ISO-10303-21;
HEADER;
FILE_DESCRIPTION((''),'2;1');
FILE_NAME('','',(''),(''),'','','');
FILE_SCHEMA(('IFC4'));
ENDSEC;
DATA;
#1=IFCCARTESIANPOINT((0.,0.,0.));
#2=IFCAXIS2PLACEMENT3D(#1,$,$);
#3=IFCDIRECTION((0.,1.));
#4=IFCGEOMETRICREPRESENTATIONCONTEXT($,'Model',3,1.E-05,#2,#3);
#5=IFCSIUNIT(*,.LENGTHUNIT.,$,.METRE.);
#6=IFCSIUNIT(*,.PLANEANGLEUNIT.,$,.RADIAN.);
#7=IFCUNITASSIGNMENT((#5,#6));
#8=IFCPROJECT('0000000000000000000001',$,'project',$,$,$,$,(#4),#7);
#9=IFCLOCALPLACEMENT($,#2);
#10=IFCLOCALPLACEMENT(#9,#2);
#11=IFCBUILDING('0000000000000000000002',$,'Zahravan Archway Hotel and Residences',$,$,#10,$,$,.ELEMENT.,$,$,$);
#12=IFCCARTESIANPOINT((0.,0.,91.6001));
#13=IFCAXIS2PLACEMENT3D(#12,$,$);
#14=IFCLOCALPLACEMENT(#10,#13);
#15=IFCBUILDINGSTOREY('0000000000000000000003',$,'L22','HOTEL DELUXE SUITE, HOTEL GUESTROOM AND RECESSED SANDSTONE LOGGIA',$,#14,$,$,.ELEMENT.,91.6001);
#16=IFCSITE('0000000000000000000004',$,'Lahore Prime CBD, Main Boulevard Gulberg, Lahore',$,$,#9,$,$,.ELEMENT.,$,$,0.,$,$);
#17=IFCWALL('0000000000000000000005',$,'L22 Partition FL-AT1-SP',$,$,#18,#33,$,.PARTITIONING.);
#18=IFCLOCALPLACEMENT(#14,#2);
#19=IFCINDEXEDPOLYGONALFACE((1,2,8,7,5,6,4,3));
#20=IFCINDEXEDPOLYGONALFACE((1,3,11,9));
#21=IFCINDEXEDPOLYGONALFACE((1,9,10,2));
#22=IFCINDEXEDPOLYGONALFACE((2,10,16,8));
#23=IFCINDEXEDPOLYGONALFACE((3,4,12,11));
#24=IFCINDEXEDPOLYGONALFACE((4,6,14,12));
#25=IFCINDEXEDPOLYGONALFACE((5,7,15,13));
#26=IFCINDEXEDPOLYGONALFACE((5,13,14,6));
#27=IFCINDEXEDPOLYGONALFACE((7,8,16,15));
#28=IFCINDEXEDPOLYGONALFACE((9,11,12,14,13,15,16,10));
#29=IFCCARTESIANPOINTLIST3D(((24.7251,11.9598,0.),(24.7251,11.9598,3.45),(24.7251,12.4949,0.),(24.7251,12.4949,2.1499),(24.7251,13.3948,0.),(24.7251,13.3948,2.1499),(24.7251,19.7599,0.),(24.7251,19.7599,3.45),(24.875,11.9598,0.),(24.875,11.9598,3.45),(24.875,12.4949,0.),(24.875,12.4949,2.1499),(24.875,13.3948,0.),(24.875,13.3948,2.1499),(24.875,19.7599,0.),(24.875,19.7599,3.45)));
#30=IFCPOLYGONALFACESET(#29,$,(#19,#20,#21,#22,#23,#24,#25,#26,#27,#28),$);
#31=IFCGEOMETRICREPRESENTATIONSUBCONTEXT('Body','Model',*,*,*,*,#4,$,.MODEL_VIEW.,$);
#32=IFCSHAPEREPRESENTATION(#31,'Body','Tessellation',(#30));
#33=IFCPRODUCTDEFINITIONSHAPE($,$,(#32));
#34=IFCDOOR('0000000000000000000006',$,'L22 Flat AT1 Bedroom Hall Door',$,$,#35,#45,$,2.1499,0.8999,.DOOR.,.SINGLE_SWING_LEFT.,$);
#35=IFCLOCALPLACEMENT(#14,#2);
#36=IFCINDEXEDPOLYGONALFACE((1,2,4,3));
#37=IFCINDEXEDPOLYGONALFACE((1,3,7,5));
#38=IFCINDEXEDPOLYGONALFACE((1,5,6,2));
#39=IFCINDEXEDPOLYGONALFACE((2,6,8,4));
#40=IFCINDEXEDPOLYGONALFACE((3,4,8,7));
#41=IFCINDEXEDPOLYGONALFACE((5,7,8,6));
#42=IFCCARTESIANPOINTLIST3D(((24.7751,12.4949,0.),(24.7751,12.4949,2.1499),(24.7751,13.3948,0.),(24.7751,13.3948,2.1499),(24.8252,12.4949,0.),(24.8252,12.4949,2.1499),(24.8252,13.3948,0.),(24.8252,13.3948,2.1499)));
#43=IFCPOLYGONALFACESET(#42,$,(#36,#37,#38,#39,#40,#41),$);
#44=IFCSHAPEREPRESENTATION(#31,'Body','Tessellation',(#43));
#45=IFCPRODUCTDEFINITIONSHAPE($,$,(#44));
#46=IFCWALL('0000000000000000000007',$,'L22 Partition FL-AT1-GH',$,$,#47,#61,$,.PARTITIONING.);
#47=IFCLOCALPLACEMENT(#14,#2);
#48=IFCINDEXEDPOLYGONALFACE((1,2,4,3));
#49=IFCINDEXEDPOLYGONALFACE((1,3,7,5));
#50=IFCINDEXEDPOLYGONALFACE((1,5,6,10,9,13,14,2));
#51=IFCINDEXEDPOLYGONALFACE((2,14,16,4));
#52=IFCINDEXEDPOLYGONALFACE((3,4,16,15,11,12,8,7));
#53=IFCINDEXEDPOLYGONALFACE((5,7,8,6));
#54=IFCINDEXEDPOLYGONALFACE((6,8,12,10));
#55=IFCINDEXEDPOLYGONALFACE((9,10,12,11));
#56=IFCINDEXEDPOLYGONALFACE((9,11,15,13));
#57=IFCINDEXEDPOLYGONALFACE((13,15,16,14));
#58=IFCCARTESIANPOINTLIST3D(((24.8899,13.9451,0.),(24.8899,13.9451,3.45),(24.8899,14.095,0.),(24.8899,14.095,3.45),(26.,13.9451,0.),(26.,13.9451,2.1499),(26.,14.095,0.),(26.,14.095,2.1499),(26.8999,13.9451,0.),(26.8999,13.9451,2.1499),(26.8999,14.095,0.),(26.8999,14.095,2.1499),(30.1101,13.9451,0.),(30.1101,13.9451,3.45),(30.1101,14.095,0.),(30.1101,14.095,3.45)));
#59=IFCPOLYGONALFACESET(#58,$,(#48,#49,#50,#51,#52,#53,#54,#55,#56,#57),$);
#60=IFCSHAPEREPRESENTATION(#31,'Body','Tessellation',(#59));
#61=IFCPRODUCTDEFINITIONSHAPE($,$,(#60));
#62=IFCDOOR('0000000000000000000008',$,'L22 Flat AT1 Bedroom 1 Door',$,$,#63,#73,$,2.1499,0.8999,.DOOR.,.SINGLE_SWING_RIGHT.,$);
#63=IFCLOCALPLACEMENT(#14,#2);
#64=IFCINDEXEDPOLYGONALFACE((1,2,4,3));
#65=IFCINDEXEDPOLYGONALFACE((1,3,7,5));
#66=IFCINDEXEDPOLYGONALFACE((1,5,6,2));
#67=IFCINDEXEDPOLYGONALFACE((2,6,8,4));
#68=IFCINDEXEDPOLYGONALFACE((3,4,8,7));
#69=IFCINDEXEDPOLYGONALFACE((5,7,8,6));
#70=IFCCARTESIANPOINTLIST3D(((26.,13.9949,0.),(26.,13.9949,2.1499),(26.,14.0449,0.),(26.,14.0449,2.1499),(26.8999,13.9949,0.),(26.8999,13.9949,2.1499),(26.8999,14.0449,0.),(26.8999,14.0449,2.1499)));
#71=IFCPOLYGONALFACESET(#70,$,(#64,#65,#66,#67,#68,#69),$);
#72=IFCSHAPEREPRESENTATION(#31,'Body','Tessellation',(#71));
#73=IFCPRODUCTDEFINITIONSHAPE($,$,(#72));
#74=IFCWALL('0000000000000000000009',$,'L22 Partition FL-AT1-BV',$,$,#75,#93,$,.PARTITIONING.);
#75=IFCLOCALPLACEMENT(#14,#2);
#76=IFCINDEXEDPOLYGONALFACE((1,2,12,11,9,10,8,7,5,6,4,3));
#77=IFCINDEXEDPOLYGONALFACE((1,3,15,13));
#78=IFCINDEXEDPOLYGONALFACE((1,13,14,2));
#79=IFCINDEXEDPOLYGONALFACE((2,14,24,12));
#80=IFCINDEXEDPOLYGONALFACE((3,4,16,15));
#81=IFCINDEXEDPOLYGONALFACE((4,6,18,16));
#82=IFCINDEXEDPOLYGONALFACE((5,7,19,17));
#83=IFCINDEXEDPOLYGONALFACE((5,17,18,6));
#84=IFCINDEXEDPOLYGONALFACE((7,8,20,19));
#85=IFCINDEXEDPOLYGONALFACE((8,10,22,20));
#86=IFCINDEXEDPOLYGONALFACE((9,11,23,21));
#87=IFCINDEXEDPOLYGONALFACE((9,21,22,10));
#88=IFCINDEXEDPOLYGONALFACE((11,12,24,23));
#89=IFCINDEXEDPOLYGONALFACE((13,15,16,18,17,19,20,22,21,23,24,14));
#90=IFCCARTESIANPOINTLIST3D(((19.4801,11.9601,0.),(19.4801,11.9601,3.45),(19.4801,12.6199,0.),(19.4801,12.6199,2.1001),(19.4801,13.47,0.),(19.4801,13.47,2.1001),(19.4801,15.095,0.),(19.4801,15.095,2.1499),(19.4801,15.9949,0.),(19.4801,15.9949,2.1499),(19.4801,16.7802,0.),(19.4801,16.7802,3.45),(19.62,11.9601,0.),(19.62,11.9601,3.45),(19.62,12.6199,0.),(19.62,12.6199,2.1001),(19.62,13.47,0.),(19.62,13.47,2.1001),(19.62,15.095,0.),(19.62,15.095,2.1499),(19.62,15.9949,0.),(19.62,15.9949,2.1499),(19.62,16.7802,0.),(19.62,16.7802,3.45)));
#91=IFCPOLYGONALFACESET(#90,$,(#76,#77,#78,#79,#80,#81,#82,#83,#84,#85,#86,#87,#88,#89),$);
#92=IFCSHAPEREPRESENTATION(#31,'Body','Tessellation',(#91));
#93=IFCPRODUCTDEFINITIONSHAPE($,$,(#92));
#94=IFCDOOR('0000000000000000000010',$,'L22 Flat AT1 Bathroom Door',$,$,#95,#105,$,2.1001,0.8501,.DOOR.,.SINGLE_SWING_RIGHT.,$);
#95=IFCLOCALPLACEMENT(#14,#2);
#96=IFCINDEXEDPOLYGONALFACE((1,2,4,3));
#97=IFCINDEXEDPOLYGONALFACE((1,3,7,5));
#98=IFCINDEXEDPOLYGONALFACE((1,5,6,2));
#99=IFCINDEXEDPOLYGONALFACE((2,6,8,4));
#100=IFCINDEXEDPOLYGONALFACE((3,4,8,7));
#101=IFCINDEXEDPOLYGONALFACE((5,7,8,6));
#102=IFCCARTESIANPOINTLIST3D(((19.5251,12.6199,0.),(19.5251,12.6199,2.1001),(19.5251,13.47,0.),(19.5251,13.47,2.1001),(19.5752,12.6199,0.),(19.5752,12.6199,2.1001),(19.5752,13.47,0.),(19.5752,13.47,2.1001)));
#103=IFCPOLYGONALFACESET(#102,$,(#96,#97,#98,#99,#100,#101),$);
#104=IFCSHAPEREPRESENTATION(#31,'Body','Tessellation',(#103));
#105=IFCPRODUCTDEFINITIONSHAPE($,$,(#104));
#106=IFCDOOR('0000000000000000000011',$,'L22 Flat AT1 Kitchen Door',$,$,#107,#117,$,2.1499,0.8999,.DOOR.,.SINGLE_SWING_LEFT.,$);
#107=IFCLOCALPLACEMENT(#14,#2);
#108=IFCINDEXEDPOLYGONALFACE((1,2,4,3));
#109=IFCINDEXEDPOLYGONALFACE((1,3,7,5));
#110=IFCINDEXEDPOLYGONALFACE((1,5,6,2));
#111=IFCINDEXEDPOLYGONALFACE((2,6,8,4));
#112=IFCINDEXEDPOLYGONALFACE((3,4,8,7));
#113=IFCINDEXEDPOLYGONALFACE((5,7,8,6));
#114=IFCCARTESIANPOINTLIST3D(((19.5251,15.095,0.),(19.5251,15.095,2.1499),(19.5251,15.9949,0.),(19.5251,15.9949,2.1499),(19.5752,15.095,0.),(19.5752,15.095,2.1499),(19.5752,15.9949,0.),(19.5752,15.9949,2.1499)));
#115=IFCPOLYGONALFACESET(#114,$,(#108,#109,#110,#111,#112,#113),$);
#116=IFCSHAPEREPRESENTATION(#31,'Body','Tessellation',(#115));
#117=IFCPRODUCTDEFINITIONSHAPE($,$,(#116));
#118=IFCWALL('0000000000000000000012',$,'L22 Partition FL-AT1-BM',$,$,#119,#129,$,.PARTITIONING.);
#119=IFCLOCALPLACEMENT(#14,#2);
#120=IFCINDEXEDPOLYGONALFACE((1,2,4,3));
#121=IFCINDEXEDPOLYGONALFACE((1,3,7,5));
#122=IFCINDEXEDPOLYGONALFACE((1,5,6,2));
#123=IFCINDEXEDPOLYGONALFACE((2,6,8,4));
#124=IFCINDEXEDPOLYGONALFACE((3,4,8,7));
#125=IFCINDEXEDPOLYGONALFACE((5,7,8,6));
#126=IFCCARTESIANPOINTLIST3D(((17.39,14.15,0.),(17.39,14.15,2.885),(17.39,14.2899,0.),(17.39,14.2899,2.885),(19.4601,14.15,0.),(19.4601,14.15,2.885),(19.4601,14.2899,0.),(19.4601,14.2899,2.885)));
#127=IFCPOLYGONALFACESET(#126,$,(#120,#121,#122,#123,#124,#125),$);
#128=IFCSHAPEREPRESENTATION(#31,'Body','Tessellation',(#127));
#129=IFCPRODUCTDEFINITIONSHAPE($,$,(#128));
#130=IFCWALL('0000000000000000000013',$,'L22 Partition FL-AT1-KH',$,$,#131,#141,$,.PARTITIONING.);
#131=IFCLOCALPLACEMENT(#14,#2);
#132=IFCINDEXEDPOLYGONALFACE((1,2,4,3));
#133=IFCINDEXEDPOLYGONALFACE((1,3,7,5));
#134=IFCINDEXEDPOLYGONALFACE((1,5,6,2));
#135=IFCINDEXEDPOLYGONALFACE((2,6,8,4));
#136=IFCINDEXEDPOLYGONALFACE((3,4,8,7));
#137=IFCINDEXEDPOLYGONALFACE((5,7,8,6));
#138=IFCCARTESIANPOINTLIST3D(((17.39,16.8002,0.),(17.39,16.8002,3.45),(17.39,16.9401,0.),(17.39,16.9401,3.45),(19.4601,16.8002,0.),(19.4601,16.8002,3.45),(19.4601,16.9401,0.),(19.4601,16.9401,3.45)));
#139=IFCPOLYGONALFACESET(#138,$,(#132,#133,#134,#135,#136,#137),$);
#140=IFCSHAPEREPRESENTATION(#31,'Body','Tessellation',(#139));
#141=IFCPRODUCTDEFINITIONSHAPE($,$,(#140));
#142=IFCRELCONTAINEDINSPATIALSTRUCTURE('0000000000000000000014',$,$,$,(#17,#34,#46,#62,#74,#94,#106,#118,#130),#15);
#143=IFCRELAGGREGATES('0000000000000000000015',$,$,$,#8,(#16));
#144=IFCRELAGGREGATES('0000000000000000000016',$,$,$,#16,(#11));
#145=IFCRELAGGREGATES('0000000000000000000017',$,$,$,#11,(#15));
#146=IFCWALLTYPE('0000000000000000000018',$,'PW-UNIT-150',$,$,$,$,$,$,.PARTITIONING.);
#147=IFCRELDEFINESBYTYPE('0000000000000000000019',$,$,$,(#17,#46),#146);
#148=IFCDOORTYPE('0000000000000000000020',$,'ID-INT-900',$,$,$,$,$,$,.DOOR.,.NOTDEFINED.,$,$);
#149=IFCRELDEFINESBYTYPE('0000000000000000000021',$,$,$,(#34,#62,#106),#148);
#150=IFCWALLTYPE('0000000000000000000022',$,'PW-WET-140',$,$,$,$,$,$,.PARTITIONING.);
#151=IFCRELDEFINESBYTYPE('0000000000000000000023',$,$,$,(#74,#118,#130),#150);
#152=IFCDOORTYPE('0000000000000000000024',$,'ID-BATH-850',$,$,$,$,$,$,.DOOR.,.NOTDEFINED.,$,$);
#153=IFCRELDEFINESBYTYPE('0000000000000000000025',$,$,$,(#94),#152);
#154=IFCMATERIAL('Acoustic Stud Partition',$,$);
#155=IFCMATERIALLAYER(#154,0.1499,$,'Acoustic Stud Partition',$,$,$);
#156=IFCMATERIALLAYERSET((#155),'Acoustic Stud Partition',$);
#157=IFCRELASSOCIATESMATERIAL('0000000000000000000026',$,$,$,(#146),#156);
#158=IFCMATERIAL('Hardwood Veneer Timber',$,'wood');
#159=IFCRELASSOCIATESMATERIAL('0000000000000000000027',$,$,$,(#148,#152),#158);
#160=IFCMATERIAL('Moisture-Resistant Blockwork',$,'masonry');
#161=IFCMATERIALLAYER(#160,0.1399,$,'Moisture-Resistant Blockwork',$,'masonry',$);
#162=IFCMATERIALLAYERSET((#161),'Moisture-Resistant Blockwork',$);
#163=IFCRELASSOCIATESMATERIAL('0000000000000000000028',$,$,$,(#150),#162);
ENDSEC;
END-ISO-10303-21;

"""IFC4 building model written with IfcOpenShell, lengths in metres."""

from ifc_helpers import new_model, si_unit, direction, frame, frame_2d, origin, place, context, subcontext, project, spatial, rectangle, extrude, source, transform, mapped, material, layer, layer_set, type_object, type_shapes, element, fill, save


model = new_model("IFC4")

# Units and contexts
model_context = context("Model", 3, precision=1e-05, world=origin(), true_north=direction((0.0, 1.0)))
body_context = subcontext(model_context, "Body", "Model", "MODEL_VIEW")
ifc_project = project(units=[si_unit("LENGTHUNIT", "METRE"), si_unit("PLANEANGLEUNIT", "RADIAN")], contexts=[model_context])

# Site, building, storey
site_placement = place(None, origin())
site = spatial("IfcSite", under=ifc_project, at=site_placement, Name="Lahore Prime CBD, Main Boulevard Gulberg, Lahore", CompositionType="ELEMENT", RefElevation=0.0)
building_placement = place(site_placement, origin())
building = spatial("IfcBuilding", under=site, at=building_placement, Name="Zahravan Archway Hotel and Residences", CompositionType="ELEMENT")
storey_placement = place(building_placement, frame((0.0, 0.0, 91.6001)))
storey = spatial("IfcBuildingStorey", under=building, at=storey_placement, Name="L22", Description="HOTEL DELUXE SUITE, HOTEL GUESTROOM AND RECESSED SANDSTONE LOGGIA", CompositionType="ELEMENT", Elevation=91.6001)

# Shared definitions
ifc_material_1 = material(Name="Hardwood Veneer Timber", Category="wood")

# Walls, openings, doors
ifc_material_2 = material(Name="Acoustic Stud Partition")
ifc_layer_1 = layer(ifc_material_2, 0.1499, Name="Acoustic Stud Partition")
ifc_layer_set_1 = layer_set([ifc_layer_1], Name="Acoustic Stud Partition")
wall_type_1 = type_object("IfcWallType", Name="PW-UNIT-150", PredefinedType="PARTITIONING", material=ifc_layer_set_1)
wall_1_placement = place(storey_placement, frame((24.8, 11.96, 0.0), z_axis=(0.0, 0.0, 1.0), x_axis=(0.0, 1.0, 0.0)))
wall_1 = element("IfcWall", 1, at=wall_1_placement, inside=storey, type_object=wall_type_1, Name="L22 Partition FL-AT1-SP", PredefinedType="PARTITIONING", context=body_context, shape_type="SweptSolid", body=[
    extrude(rectangle(XDim=7.8, YDim=0.1499, at=frame_2d((3.8999, 0.0))), origin(), (0.0, 0.0, 1.0), 3.45),
])
opening_1_placement = place(wall_1_placement, frame((0.5349, 0.0, 0.0)))
opening_1 = element("IfcOpeningElement", 2, at=opening_1_placement, cuts=wall_1, PredefinedType="OPENING", context=body_context, shape_type="SweptSolid", body=[
    extrude(rectangle(XDim=0.8999, YDim=2.1499, at=frame_2d((0.45, 1.075))), frame((0.0, 0.085, 0.0), z_axis=(0.0, -1.0, 0.0), x_axis=(1.0, 0.0, 0.0)), (0.0, 0.0, 1.0), 0.1699),
])
door_type_1 = type_object("IfcDoorType", Name="ID-INT-900", OperationType="NOTDEFINED", PredefinedType="DOOR", material=ifc_material_1)
shared_shape_1 = source(origin(), body_context, "Body", "SweptSolid", [
    extrude(rectangle(XDim=0.8999, YDim=2.1499, at=frame_2d((0.45, 1.075))), frame((0.0, 0.0249, 0.0), z_axis=(0.0, -1.0, 0.0), x_axis=(1.0, 0.0, 0.0)), (0.0, 0.0, 1.0), 0.05),
])
type_shapes(door_type_1, [shared_shape_1])
door_1_placement = place(opening_1_placement, origin())
door_1 = element("IfcDoor", 3, at=door_1_placement, inside=storey, type_object=door_type_1, Name="L22 Flat AT1 Bedroom Hall Door", OperationType="SINGLE_SWING_LEFT", OverallHeight=2.1499, OverallWidth=0.8999, PredefinedType="DOOR", context=body_context, shape_type="MappedRepresentation", body=[
    mapped(shared_shape_1, transform((0.0, 0.0, 0.0), scale=1.0)),
])
fill(opening_1, door_1)
wall_2_placement = place(storey_placement, frame((24.8899, 14.02, 0.0), z_axis=(0.0, 0.0, 1.0), x_axis=(1.0, 0.0, 0.0)))
wall_2 = element("IfcWall", 4, at=wall_2_placement, inside=storey, type_object=wall_type_1, Name="L22 Partition FL-AT1-GH", PredefinedType="PARTITIONING", context=body_context, shape_type="SweptSolid", body=[
    extrude(rectangle(XDim=5.2202, YDim=0.1499, at=frame_2d((2.6101, 0.0))), origin(), (0.0, 0.0, 1.0), 3.45),
])
opening_2_placement = place(wall_2_placement, frame((1.1101, 0.0, 0.0)))
opening_2 = element("IfcOpeningElement", 5, at=opening_2_placement, cuts=wall_2, PredefinedType="OPENING", context=body_context, shape_type="SweptSolid", body=[
    extrude(rectangle(XDim=0.8999, YDim=2.1499, at=frame_2d((0.45, 1.075))), frame((0.0, 0.085, 0.0), z_axis=(0.0, -1.0, 0.0), x_axis=(1.0, 0.0, 0.0)), (0.0, 0.0, 1.0), 0.1699),
])
door_2_placement = place(opening_2_placement, origin())
door_2 = element("IfcDoor", 6, at=door_2_placement, inside=storey, type_object=door_type_1, Name="L22 Flat AT1 Bedroom 1 Door", OperationType="SINGLE_SWING_RIGHT", OverallHeight=2.1499, OverallWidth=0.8999, PredefinedType="DOOR", context=body_context, shape_type="MappedRepresentation", body=[
    mapped(shared_shape_1, transform((0.0, 0.0, 0.0), scale=1.0)),
])
fill(opening_2, door_2)

# Wall, openings, doors
ifc_material_3 = material(Name="Moisture-Resistant Blockwork", Category="masonry")
ifc_layer_2 = layer(ifc_material_3, 0.1399, Name="Moisture-Resistant Blockwork", Category="masonry")
ifc_layer_set_2 = layer_set([ifc_layer_2], Name="Moisture-Resistant Blockwork")
wall_type_2 = type_object("IfcWallType", Name="PW-WET-140", PredefinedType="PARTITIONING", material=ifc_layer_set_2)
wall_3_placement = place(storey_placement, frame((19.55, 11.96, 0.0), z_axis=(0.0, 0.0, 1.0), x_axis=(0.0, 1.0, 0.0)))
wall_3 = element("IfcWall", 7, at=wall_3_placement, inside=storey, type_object=wall_type_2, Name="L22 Partition FL-AT1-BV", PredefinedType="PARTITIONING", context=body_context, shape_type="SweptSolid", body=[
    extrude(rectangle(XDim=4.8201, YDim=0.1399, at=frame_2d((2.4102, 0.0))), origin(), (0.0, 0.0, 1.0), 3.45),
])
opening_3_placement = place(wall_3_placement, frame((0.6599, 0.0, 0.0)))
opening_3 = element("IfcOpeningElement", 8, at=opening_3_placement, cuts=wall_3, PredefinedType="OPENING", context=body_context, shape_type="SweptSolid", body=[
    extrude(rectangle(XDim=0.8501, YDim=2.1001, at=frame_2d((0.425, 1.05))), frame((0.0, 0.0801, 0.0), z_axis=(0.0, -1.0, 0.0), x_axis=(1.0, 0.0, 0.0)), (0.0, 0.0, 1.0), 0.1599),
])
opening_4_placement = place(wall_3_placement, frame((3.135, 0.0, 0.0)))
opening_4 = element("IfcOpeningElement", 9, at=opening_4_placement, cuts=wall_3, PredefinedType="OPENING", context=body_context, shape_type="SweptSolid", body=[
    extrude(rectangle(XDim=0.8999, YDim=2.1499, at=frame_2d((0.45, 1.075))), frame((0.0, 0.0801, 0.0), z_axis=(0.0, -1.0, 0.0), x_axis=(1.0, 0.0, 0.0)), (0.0, 0.0, 1.0), 0.1599),
])
door_type_2 = type_object("IfcDoorType", Name="ID-BATH-850", OperationType="NOTDEFINED", PredefinedType="DOOR", material=ifc_material_1)
shared_shape_2 = source(origin(), body_context, "Body", "SweptSolid", [
    extrude(rectangle(XDim=0.8501, YDim=2.1001, at=frame_2d((0.425, 1.05))), frame((0.0, 0.0249, 0.0), z_axis=(0.0, -1.0, 0.0), x_axis=(1.0, 0.0, 0.0)), (0.0, 0.0, 1.0), 0.05),
])
type_shapes(door_type_2, [shared_shape_2])
door_3_placement = place(opening_3_placement, origin())
door_3 = element("IfcDoor", 10, at=door_3_placement, inside=storey, type_object=door_type_2, Name="L22 Flat AT1 Bathroom Door", OperationType="SINGLE_SWING_RIGHT", OverallHeight=2.1001, OverallWidth=0.8501, PredefinedType="DOOR", context=body_context, shape_type="MappedRepresentation", body=[
    mapped(shared_shape_2, transform((0.0, 0.0, 0.0), scale=1.0)),
])
fill(opening_3, door_3)
door_4_placement = place(opening_4_placement, origin())
door_4 = element("IfcDoor", 11, at=door_4_placement, inside=storey, type_object=door_type_1, Name="L22 Flat AT1 Kitchen Door", OperationType="SINGLE_SWING_LEFT", OverallHeight=2.1499, OverallWidth=0.8999, PredefinedType="DOOR", context=body_context, shape_type="MappedRepresentation", body=[
    mapped(shared_shape_1, transform((0.0, 0.0, 0.0), scale=1.0)),
])
fill(opening_4, door_4)

# Walls
wall_4_placement = place(storey_placement, frame((17.3899, 14.22, 0.0), z_axis=(0.0, 0.0, 1.0), x_axis=(1.0, 0.0, 0.0)))
element("IfcWall", 12, at=wall_4_placement, inside=storey, type_object=wall_type_2, Name="L22 Partition FL-AT1-BM", PredefinedType="PARTITIONING", context=body_context, shape_type="SweptSolid", body=[
    extrude(rectangle(XDim=2.0701, YDim=0.1399, at=frame_2d((1.0352, 0.0))), origin(), (0.0, 0.0, 1.0), 2.885),
])
wall_5_placement = place(storey_placement, frame((17.3899, 16.8701, 0.0), z_axis=(0.0, 0.0, 1.0), x_axis=(1.0, 0.0, 0.0)))
element("IfcWall", 13, at=wall_5_placement, inside=storey, type_object=wall_type_2, Name="L22 Partition FL-AT1-KH", PredefinedType="PARTITIONING", context=body_context, shape_type="SweptSolid", body=[
    extrude(rectangle(XDim=2.0701, YDim=0.1399, at=frame_2d((1.0352, 0.0))), origin(), (0.0, 0.0, 1.0), 3.45),
])

save(model, "model.ifc")
